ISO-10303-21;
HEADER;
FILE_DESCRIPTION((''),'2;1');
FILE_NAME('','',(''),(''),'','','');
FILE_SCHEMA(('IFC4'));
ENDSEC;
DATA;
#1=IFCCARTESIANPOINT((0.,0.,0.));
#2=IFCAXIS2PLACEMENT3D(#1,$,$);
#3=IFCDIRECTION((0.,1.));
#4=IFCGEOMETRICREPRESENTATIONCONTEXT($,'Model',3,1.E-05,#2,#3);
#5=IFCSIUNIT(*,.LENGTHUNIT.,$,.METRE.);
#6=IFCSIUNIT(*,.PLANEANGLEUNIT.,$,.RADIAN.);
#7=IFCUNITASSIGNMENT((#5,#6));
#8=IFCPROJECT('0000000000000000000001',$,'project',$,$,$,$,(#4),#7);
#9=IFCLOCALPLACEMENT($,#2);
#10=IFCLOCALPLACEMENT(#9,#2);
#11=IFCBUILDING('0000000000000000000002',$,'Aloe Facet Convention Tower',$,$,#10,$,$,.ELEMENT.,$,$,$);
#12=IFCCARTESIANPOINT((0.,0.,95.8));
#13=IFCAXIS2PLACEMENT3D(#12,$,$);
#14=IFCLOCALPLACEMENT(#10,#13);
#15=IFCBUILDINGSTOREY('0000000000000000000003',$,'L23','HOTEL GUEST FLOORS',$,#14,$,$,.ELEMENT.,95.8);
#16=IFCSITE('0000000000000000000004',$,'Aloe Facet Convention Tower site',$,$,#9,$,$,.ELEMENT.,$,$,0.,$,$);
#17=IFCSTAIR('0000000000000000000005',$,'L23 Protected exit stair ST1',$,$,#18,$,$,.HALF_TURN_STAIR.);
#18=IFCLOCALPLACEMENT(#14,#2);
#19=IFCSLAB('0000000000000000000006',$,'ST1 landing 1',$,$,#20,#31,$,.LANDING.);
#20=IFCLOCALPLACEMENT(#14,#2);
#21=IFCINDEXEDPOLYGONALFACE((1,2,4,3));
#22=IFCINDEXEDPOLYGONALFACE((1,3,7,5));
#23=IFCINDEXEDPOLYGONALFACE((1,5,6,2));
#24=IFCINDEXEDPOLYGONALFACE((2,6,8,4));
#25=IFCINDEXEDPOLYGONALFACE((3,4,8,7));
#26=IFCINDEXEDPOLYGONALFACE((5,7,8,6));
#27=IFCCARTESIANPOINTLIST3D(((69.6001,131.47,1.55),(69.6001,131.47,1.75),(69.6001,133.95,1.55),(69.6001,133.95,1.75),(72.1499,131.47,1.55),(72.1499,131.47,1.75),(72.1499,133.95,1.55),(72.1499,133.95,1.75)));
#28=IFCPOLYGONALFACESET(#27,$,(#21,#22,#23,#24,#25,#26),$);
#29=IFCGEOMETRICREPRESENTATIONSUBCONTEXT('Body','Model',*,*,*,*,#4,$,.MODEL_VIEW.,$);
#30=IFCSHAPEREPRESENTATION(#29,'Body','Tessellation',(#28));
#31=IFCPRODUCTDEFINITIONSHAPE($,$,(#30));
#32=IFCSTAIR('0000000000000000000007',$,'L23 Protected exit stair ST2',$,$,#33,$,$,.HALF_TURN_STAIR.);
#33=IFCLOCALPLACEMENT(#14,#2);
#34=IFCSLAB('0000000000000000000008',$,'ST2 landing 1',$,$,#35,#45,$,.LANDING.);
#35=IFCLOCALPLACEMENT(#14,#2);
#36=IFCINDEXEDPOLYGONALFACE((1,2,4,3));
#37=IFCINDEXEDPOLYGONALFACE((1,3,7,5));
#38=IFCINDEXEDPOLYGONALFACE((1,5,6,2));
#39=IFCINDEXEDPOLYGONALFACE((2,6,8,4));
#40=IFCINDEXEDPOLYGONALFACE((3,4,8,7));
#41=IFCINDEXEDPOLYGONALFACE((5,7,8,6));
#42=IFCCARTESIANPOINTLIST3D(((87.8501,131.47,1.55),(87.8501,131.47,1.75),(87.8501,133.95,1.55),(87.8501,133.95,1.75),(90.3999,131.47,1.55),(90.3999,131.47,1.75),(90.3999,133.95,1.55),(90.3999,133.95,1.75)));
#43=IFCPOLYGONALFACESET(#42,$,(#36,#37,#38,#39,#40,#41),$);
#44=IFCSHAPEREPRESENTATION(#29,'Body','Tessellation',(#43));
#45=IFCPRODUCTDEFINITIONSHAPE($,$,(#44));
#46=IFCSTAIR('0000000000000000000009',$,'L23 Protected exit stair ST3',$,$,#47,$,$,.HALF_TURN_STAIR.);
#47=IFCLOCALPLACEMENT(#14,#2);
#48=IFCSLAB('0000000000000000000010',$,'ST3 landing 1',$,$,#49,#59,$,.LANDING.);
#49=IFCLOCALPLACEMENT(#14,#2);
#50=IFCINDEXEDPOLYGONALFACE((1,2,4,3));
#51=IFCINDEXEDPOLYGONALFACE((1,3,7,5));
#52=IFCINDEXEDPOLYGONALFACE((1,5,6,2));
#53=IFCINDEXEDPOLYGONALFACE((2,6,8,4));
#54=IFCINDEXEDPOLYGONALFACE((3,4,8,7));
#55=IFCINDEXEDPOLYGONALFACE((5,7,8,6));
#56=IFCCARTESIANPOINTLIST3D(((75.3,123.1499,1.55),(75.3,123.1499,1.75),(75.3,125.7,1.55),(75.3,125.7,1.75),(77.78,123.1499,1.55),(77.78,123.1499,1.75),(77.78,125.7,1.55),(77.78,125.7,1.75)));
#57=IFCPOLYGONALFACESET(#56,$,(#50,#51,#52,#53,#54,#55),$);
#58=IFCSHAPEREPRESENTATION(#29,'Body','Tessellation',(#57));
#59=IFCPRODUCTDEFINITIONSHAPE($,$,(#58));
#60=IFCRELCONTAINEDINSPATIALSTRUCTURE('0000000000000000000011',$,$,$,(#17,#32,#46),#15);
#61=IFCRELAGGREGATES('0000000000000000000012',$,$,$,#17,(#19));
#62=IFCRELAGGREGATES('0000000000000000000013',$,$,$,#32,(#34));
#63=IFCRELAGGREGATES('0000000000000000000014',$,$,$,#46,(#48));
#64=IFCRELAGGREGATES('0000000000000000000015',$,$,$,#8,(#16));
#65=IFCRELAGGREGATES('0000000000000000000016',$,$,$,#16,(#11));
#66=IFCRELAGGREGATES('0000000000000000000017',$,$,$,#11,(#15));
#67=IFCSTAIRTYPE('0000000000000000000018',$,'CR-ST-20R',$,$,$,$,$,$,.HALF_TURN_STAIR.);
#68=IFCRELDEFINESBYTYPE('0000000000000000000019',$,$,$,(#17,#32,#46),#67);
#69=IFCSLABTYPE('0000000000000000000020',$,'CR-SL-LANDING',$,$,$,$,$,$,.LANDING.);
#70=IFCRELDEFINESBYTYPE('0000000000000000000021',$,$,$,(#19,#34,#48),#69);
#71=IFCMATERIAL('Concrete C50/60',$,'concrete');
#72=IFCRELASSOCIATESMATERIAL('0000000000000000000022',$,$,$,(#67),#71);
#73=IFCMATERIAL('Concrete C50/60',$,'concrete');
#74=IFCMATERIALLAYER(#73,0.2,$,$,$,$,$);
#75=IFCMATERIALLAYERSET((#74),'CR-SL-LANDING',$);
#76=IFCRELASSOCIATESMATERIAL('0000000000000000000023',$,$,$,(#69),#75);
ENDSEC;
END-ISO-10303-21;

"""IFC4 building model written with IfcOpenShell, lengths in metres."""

from ifc_helpers import new_model, si_unit, direction, frame, origin, place, context, subcontext, project, spatial, polyline, outline, extrude, material, layer, layer_set, type_object, element, aggregate, save


model = new_model("IFC4")

# Units and contexts
model_context = context("Model", 3, precision=1e-05, world=origin(), true_north=direction((0.0, 1.0)))
body_context = subcontext(model_context, "Body", "Model", "MODEL_VIEW")
ifc_project = project(units=[si_unit("LENGTHUNIT", "METRE"), si_unit("PLANEANGLEUNIT", "RADIAN")], contexts=[model_context])

# Site, building, storey
site_placement = place(None, origin())
site = spatial("IfcSite", under=ifc_project, at=site_placement, Name="Aloe Facet Convention Tower site", CompositionType="ELEMENT", RefElevation=0.0)
building_placement = place(site_placement, origin())
building = spatial("IfcBuilding", under=site, at=building_placement, Name="Aloe Facet Convention Tower", CompositionType="ELEMENT")
storey_placement = place(building_placement, frame((0.0, 0.0, 95.8)))
storey = spatial("IfcBuildingStorey", under=building, at=storey_placement, Name="L23", Description="HOTEL GUEST FLOORS", CompositionType="ELEMENT", Elevation=95.8)

# Stairs, slabs
ifc_material_1 = material(Name="Concrete C50/60", Category="concrete")
stair_type = type_object("IfcStairType", Name="CR-ST-20R", PredefinedType="HALF_TURN_STAIR", material=ifc_material_1)
stair_1_placement = place(storey_placement, origin())
stair_1 = element("IfcStair", 1, at=stair_1_placement, inside=storey, type_object=stair_type, Name="L23 Protected exit stair ST1", PredefinedType="HALF_TURN_STAIR")
ifc_material_2 = material(Name="Concrete C50/60", Category="concrete")
ifc_layer_1 = layer(ifc_material_2, 0.2)
ifc_layer_set_1 = layer_set([ifc_layer_1], Name="CR-SL-LANDING")
slab_type_1 = type_object("IfcSlabType", Name="CR-SL-LANDING", PredefinedType="LANDING", material=ifc_layer_set_1)
slab_1_placement = place(storey_placement, frame((0.0, 0.0, 1.55)))
slab_1 = element("IfcSlab", 2, at=slab_1_placement, type_object=slab_type_1, Name="ST1 landing 1", PredefinedType="LANDING", context=body_context, shape_type="SweptSolid", body=[
    extrude(outline(polyline([(72.1499, 131.47), (72.1499, 133.95), (69.6001, 133.95), (69.6001, 131.47), (72.1499, 131.47)])), origin(), (0.0, 0.0, 1.0), 0.2),
])
aggregate(stair_1, [slab_1])
stair_2_placement = place(storey_placement, origin())
stair_2 = element("IfcStair", 3, at=stair_2_placement, inside=storey, type_object=stair_type, Name="L23 Protected exit stair ST2", PredefinedType="HALF_TURN_STAIR")
slab_2_placement = place(storey_placement, frame((0.0, 0.0, 1.55)))
slab_2 = element("IfcSlab", 4, at=slab_2_placement, type_object=slab_type_1, Name="ST2 landing 1", PredefinedType="LANDING", context=body_context, shape_type="SweptSolid", body=[
    extrude(outline(polyline([(90.3999, 131.47), (90.3999, 133.95), (87.8501, 133.95), (87.8501, 131.47), (90.3999, 131.47)])), origin(), (0.0, 0.0, 1.0), 0.2),
])
aggregate(stair_2, [slab_2])
stair_3_placement = place(storey_placement, origin())
stair_3 = element("IfcStair", 5, at=stair_3_placement, inside=storey, type_object=stair_type, Name="L23 Protected exit stair ST3", PredefinedType="HALF_TURN_STAIR")
slab_3_placement = place(storey_placement, frame((0.0, 0.0, 1.55)))
slab_3 = element("IfcSlab", 6, at=slab_3_placement, type_object=slab_type_1, Name="ST3 landing 1", PredefinedType="LANDING", context=body_context, shape_type="SweptSolid", body=[
    extrude(outline(polyline([(77.78, 125.7), (75.3, 125.7), (75.3, 123.1499), (77.78, 123.1499), (77.78, 125.7)])), origin(), (0.0, 0.0, 1.0), 0.2),
])
aggregate(stair_3, [slab_3])

save(model, "model.ifc")
